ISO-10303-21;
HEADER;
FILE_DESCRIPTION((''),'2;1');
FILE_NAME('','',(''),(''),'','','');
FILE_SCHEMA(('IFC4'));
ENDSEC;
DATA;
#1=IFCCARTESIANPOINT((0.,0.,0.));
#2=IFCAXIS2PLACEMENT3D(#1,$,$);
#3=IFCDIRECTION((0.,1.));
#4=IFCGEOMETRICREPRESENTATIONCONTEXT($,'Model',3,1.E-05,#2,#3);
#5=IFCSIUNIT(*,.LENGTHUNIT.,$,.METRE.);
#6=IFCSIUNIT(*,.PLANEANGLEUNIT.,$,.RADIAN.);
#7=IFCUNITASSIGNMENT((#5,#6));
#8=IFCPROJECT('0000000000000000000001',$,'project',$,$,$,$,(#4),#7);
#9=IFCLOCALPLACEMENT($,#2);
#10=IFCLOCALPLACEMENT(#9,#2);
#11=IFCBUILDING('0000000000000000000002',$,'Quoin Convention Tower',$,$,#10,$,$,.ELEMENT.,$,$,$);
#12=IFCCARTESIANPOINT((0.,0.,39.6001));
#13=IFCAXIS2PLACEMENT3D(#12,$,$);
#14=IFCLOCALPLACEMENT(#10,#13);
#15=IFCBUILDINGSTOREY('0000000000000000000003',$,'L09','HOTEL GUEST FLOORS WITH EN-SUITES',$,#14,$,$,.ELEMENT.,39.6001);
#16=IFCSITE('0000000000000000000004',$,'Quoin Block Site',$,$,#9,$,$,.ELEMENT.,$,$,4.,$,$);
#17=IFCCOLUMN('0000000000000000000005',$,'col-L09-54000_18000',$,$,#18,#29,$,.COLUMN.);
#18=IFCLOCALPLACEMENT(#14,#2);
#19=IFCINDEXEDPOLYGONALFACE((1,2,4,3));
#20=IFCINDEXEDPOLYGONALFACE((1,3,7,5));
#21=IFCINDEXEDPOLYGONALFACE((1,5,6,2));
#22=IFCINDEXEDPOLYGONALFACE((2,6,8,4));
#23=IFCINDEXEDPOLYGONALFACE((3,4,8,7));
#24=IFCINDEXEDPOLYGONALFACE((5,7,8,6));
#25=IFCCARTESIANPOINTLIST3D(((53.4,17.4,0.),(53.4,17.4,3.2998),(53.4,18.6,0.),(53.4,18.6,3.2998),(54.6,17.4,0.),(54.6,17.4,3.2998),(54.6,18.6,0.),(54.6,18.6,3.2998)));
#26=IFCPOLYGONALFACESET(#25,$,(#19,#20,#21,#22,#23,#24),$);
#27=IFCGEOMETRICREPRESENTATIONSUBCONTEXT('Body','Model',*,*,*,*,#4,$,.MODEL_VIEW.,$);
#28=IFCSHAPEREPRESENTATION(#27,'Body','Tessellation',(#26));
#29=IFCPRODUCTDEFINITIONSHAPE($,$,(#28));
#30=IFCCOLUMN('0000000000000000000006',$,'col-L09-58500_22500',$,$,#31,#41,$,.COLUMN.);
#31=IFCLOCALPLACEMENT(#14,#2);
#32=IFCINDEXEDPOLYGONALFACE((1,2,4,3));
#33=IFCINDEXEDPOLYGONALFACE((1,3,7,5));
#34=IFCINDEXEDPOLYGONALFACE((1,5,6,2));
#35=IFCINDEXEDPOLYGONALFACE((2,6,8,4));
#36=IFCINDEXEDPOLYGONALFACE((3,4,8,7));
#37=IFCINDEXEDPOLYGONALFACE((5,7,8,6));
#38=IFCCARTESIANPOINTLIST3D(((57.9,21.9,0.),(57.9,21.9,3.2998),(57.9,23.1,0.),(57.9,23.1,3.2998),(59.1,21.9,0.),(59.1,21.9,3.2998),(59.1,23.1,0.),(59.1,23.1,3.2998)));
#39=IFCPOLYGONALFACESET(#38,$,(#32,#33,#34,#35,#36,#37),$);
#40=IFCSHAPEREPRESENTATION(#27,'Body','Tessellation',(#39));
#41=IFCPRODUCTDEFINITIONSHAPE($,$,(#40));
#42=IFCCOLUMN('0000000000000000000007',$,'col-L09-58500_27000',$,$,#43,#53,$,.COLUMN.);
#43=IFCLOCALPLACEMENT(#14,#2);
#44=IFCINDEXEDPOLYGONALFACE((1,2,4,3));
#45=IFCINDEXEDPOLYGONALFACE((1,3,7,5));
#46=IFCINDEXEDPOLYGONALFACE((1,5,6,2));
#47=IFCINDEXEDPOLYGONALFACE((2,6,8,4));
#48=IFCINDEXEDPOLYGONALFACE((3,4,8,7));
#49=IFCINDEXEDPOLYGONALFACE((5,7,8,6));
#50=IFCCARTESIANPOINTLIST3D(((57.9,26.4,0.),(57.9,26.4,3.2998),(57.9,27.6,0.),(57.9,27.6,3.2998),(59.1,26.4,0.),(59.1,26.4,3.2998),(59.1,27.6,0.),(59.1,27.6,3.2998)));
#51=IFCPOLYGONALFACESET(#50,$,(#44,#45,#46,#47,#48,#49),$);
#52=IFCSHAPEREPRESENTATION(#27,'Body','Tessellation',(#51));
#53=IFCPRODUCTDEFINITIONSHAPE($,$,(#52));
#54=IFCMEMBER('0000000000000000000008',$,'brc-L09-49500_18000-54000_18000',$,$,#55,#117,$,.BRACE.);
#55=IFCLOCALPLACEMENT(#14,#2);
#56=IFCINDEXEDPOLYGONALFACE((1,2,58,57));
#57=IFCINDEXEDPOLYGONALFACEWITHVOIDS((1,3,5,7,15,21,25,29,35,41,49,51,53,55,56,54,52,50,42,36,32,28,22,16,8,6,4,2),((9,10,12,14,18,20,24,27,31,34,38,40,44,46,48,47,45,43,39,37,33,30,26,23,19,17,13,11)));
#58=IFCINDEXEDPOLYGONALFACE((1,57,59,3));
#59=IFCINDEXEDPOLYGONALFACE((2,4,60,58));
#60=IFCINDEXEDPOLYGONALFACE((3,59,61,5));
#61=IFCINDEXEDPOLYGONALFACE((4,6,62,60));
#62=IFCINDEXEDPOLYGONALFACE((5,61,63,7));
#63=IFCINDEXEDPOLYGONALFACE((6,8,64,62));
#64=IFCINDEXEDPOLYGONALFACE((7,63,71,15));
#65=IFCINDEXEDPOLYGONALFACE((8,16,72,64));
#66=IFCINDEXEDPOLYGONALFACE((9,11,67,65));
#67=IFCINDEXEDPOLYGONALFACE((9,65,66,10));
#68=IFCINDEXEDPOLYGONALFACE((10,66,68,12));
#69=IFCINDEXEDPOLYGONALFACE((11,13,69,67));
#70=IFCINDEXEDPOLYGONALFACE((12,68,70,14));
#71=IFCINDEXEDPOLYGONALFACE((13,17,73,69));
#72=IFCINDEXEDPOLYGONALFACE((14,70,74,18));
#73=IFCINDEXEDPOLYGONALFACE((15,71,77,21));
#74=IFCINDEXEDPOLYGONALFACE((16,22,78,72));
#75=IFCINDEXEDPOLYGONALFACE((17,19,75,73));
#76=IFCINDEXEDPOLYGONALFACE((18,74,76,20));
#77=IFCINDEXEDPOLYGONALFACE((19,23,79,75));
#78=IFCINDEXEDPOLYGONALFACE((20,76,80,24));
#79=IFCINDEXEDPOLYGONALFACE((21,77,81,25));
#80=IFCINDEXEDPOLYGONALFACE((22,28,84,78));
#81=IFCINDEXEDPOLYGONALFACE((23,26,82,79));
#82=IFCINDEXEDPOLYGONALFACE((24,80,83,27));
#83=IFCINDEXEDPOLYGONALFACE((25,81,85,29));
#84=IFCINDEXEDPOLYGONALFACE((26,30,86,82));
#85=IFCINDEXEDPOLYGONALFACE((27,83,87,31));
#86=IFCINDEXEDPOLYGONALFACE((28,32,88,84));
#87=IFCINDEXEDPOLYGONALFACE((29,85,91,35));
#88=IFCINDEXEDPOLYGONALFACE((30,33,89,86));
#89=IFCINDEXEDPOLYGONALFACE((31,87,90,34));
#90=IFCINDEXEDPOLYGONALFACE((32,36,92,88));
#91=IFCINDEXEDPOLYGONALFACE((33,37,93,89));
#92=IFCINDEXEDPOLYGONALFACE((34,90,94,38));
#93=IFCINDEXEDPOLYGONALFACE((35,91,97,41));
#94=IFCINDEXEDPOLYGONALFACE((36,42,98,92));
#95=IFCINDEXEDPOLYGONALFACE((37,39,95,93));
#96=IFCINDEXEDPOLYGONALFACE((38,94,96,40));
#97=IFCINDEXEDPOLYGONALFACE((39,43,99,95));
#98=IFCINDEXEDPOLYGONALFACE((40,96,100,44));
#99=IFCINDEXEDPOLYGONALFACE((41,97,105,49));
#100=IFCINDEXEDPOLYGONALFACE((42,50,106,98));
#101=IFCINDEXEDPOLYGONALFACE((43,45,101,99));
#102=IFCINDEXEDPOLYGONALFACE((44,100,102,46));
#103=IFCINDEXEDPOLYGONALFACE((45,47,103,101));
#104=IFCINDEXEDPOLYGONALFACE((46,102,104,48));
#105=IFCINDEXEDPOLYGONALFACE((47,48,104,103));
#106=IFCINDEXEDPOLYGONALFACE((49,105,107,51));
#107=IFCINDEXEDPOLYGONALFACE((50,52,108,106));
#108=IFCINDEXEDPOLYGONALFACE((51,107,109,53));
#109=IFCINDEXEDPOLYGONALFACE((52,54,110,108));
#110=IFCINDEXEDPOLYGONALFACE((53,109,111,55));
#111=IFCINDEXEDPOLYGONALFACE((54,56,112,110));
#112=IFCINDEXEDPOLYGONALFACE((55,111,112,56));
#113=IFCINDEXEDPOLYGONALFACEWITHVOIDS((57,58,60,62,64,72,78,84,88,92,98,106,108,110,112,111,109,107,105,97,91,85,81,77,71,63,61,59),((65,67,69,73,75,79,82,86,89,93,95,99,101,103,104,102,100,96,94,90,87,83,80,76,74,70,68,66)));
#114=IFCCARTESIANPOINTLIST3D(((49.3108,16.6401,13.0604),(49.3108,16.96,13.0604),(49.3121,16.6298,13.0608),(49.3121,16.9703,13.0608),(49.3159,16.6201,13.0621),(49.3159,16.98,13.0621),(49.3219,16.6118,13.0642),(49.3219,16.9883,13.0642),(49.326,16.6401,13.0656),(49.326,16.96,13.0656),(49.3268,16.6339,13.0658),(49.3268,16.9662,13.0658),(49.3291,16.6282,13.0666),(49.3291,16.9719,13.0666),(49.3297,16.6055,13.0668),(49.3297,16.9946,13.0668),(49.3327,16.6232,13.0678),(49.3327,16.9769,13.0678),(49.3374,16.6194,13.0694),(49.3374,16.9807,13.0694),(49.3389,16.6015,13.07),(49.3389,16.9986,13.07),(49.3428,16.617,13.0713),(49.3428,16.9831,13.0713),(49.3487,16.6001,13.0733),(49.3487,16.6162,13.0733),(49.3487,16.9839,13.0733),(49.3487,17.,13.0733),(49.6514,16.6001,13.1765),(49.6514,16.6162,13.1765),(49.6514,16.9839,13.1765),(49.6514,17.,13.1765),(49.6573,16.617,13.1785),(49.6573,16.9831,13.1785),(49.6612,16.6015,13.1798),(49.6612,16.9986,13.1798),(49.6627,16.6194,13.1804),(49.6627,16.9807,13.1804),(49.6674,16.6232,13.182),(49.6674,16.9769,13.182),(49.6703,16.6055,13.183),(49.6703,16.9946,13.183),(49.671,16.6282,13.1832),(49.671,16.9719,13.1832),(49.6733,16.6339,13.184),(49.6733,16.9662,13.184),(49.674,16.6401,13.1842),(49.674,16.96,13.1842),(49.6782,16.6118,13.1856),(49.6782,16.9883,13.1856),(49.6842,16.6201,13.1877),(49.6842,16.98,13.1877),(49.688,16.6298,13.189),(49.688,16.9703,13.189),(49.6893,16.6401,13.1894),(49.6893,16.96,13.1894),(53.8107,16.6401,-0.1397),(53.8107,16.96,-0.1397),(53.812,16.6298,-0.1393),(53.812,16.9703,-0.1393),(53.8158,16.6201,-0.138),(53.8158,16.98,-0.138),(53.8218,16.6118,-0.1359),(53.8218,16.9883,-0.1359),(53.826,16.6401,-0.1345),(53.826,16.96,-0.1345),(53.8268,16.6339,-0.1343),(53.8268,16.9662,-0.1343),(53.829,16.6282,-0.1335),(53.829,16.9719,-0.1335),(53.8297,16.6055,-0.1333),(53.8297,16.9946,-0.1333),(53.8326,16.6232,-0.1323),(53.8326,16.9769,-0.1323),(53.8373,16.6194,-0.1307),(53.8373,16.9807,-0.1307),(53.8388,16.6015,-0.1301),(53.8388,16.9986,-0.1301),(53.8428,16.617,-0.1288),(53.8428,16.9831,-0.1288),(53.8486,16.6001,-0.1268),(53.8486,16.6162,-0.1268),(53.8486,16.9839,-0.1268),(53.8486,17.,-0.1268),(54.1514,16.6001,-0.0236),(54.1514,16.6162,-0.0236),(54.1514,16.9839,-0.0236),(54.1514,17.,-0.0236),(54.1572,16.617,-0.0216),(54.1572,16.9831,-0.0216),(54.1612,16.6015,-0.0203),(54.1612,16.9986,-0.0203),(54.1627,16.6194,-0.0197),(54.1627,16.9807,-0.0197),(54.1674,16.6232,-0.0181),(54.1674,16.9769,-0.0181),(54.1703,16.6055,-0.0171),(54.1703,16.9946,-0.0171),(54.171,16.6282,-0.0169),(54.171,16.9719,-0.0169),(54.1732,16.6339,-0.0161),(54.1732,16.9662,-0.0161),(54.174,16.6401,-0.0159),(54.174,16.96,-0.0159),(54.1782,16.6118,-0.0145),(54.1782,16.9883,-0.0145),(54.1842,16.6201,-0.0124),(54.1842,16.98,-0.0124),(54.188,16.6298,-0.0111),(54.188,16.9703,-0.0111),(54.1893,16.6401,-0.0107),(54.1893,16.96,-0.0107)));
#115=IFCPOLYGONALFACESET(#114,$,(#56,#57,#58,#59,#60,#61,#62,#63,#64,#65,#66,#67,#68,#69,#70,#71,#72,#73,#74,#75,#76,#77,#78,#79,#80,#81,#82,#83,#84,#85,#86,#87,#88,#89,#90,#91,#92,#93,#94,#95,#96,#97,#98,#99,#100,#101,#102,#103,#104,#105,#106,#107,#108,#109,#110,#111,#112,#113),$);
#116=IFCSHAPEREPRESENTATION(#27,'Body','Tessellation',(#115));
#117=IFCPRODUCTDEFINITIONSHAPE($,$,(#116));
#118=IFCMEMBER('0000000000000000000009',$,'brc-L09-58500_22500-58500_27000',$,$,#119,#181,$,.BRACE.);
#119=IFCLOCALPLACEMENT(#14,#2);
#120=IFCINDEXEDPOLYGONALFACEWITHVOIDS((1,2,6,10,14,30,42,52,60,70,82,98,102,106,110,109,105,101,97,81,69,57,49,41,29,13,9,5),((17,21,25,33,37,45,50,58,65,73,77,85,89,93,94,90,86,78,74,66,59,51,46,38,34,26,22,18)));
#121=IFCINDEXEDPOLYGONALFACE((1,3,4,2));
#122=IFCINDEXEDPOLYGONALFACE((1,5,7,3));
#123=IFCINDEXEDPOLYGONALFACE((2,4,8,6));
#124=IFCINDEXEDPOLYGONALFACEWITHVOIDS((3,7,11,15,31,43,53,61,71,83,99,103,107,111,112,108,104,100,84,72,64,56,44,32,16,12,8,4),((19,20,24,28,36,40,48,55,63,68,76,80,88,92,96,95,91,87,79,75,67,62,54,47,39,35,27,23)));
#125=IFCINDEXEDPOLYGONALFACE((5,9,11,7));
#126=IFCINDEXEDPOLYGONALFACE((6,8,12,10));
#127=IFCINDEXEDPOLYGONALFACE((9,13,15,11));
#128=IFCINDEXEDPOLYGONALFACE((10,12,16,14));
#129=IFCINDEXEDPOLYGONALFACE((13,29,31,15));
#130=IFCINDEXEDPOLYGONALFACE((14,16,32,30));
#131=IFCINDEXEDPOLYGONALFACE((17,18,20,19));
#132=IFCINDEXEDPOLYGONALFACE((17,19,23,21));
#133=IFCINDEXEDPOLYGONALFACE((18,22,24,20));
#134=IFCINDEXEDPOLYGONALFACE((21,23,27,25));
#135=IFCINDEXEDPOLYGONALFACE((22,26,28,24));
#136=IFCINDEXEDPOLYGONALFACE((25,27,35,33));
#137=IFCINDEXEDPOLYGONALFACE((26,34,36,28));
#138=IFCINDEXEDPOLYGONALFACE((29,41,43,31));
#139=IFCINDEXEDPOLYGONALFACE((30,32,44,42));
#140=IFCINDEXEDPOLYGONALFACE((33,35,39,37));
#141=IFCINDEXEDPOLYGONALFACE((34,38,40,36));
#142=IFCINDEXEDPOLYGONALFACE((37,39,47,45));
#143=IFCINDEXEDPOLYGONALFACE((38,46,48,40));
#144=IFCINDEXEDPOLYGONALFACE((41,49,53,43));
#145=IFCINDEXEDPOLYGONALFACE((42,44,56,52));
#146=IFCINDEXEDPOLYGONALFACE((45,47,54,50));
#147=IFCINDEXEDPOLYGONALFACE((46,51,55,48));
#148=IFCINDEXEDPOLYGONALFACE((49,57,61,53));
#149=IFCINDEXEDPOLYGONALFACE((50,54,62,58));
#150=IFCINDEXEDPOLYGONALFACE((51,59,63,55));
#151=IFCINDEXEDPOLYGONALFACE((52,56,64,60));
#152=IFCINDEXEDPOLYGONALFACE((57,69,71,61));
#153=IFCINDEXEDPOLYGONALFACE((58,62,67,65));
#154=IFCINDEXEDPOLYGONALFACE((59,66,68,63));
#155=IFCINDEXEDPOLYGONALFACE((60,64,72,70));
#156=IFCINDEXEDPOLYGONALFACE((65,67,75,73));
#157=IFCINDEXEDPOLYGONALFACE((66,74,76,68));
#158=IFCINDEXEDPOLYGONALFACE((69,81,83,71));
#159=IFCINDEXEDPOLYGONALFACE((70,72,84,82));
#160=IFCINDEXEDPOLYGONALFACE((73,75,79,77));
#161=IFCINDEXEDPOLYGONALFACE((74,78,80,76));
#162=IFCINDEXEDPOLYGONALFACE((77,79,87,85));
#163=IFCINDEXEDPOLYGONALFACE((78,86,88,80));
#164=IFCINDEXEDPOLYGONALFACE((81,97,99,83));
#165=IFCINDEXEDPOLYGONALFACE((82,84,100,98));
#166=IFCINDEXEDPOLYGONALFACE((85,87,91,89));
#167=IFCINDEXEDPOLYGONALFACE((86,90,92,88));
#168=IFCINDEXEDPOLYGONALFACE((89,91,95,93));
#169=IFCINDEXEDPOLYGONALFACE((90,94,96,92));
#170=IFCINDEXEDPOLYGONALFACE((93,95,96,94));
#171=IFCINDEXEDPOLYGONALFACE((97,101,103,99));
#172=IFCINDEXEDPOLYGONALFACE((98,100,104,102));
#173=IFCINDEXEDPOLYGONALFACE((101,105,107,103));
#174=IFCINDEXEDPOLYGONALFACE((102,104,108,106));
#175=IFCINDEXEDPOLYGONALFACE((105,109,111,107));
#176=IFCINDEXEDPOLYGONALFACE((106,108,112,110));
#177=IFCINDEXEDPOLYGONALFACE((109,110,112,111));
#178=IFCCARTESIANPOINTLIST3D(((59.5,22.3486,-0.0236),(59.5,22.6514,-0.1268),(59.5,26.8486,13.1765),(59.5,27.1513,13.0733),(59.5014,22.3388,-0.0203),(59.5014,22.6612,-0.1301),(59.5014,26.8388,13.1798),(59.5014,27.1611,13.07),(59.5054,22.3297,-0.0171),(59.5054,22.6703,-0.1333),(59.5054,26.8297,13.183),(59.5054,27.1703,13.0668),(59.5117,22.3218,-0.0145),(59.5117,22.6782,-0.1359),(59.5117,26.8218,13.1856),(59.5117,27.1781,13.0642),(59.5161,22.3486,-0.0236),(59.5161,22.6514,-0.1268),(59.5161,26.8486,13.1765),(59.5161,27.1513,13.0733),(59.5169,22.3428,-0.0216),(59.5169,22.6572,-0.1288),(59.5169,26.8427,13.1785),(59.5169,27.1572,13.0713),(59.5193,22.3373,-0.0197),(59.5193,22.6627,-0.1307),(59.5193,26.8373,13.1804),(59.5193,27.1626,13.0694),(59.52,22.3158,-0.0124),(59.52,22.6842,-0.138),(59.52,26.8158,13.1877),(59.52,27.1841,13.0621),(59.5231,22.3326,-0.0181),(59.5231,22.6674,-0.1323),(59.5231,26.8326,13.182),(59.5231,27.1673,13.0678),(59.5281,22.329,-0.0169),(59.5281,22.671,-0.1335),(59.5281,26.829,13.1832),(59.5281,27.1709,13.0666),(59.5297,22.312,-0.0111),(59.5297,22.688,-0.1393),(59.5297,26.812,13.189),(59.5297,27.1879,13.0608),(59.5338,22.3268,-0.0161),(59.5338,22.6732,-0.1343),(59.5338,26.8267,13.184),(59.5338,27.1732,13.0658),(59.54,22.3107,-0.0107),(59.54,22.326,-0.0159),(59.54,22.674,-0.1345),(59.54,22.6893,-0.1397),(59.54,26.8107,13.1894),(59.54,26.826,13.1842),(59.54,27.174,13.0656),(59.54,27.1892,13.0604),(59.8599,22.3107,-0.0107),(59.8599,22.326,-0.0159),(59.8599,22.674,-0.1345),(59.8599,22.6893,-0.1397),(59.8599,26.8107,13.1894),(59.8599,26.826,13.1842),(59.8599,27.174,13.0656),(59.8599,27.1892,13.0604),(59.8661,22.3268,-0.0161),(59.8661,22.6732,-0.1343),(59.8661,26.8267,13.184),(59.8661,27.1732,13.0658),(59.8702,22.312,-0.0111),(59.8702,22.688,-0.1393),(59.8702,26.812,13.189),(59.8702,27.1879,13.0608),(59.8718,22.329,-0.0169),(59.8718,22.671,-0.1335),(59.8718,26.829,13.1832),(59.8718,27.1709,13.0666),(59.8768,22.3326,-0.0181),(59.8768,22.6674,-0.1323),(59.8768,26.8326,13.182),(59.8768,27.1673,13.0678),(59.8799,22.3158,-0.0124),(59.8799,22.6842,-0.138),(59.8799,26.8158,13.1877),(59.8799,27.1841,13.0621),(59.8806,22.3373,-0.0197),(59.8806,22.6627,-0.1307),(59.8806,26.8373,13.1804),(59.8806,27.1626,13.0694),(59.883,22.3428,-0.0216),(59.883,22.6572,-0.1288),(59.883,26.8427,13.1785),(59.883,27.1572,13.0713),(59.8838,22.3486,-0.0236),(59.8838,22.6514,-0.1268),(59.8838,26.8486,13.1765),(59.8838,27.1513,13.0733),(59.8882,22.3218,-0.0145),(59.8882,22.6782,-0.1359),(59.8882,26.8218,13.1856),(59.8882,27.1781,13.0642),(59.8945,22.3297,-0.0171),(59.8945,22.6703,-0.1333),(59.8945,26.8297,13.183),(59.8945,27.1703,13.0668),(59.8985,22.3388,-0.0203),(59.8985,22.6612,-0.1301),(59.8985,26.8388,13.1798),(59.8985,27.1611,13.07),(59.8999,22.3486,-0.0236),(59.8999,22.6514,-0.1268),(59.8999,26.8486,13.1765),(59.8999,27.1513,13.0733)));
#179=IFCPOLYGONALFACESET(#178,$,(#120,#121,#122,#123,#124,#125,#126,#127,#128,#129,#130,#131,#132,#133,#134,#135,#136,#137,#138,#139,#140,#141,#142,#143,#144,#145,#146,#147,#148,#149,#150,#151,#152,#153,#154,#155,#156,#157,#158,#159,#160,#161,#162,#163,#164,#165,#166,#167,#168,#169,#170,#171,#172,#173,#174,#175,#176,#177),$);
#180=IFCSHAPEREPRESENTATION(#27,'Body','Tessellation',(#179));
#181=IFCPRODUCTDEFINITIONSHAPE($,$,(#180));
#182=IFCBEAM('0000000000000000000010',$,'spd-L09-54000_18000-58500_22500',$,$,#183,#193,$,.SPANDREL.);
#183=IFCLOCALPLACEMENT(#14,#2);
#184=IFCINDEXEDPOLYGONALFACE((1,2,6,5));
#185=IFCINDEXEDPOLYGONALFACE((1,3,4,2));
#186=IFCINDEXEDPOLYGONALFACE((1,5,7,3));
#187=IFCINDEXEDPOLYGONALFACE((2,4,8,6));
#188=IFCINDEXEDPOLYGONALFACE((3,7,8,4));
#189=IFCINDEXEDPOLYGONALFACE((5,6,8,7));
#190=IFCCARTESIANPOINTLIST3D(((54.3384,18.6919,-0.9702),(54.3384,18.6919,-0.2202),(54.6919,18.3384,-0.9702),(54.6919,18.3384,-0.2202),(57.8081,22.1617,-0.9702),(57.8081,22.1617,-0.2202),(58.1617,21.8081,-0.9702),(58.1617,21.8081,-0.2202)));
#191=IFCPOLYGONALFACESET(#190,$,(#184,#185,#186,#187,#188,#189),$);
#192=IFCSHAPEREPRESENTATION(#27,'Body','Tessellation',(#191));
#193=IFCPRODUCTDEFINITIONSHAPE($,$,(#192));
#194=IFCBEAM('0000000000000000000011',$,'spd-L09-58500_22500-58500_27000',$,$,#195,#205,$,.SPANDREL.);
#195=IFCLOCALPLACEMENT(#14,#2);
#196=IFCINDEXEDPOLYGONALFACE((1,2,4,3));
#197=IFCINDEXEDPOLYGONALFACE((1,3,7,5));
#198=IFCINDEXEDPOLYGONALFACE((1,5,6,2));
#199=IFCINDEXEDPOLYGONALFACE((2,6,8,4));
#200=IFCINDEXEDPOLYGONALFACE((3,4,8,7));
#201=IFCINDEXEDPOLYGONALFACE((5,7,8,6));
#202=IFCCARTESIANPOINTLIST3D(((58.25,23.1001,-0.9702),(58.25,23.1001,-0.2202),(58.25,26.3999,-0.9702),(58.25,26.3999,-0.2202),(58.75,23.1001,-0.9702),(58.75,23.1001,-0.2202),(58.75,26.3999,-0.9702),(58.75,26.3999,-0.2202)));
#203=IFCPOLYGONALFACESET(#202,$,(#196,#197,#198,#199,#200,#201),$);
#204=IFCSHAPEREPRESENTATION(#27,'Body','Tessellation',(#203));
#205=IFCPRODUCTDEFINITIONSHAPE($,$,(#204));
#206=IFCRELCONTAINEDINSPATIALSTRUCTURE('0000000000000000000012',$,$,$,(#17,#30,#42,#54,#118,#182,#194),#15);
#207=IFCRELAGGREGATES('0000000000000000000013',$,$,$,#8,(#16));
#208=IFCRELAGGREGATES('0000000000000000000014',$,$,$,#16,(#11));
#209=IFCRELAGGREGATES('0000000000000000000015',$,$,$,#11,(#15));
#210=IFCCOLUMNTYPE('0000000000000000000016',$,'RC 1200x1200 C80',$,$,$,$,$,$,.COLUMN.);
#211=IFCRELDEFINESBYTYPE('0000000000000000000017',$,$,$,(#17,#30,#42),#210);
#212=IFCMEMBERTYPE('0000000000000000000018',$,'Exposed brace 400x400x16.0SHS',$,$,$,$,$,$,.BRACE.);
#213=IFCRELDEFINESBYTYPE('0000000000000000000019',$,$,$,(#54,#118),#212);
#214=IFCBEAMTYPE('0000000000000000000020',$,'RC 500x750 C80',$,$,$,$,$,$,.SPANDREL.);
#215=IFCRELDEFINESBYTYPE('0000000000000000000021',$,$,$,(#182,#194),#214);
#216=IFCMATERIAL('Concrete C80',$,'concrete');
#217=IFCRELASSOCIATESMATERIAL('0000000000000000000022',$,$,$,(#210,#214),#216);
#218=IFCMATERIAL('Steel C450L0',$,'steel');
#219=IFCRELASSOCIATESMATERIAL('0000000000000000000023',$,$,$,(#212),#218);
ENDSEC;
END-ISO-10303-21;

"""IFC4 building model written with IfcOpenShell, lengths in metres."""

from ifc_helpers import new_model, si_unit, direction, frame, origin, origin_2d, place, context, subcontext, project, spatial, rectangle, hollow_rectangle, extrude, material, material_profile, profile_set, type_object, element, save


model = new_model("IFC4")

# Units and contexts
model_context = context("Model", 3, precision=1e-05, world=origin(), true_north=direction((0.0, 1.0)))
body_context = subcontext(model_context, "Body", "Model", "MODEL_VIEW")
ifc_project = project(units=[si_unit("LENGTHUNIT", "METRE"), si_unit("PLANEANGLEUNIT", "RADIAN")], contexts=[model_context])

# Site, building, storey
site_placement = place(None, origin())
site = spatial("IfcSite", under=ifc_project, at=site_placement, Name="Quoin Block Site", CompositionType="ELEMENT", RefElevation=4.0)
building_placement = place(site_placement, origin())
building = spatial("IfcBuilding", under=site, at=building_placement, Name="Quoin Convention Tower", CompositionType="ELEMENT")
storey_placement = place(building_placement, frame((0.0, 0.0, 39.6001)))
storey = spatial("IfcBuildingStorey", under=building, at=storey_placement, Name="L09", Description="HOTEL GUEST FLOORS WITH EN-SUITES", CompositionType="ELEMENT", Elevation=39.6001)

# Columns
ifc_material_1 = material(Name="Concrete C80", Category="concrete")
ifc_material_profile_1 = material_profile(ifc_material_1, rectangle(XDim=1.2, YDim=1.2, at=origin_2d()), Name="RC 1200x1200")
ifc_profile_set_1 = profile_set([ifc_material_profile_1], Name="Concrete C80")
column_type = type_object("IfcColumnType", Name="RC 1200x1200 C80", PredefinedType="COLUMN", material=ifc_profile_set_1)
for number, where, z_axis, x_axis, name in (
    (1, (54.0, 18.0, 0.0), (0.0, 0.0, 1.0), (1.0, 0.0, 0.0), "col-L09-54000_18000"),
    (2, (58.5, 22.5, 0.0), (0.0, 0.0, 1.0), (1.0, 0.0, 0.0), "col-L09-58500_22500"),
    (3, (58.5, 27.0, 0.0), (0.0, 0.0, 1.0), (1.0, 0.0, 0.0), "col-L09-58500_27000"),
):
    element("IfcColumn", number, at=place(storey_placement, frame(where, z_axis=z_axis, x_axis=x_axis)), inside=storey, type_object=column_type, Name=name, PredefinedType="COLUMN", context=body_context, shape_type="SweptSolid", body=[
        extrude(rectangle(XDim=1.2, YDim=1.2, at=origin_2d()), origin(), (0.0, 0.0, 1.0), 3.2998),
    ])

# Members
ifc_material_2 = material(Name="Steel C450L0", Category="steel")
ifc_material_profile_2 = material_profile(ifc_material_2, hollow_rectangle(XDim=0.3999, YDim=0.3999, WallThickness=0.0161, InnerFilletRadius=0.0239, OuterFilletRadius=0.04, at=origin_2d()), Name="400x400x16.0SHS")
ifc_profile_set_2 = profile_set([ifc_material_profile_2], Name="Steel C450L0")
member_type = type_object("IfcMemberType", Name="Exposed brace 400x400x16.0SHS", PredefinedType="BRACE", material=ifc_profile_set_2)
for number, where, z_axis, x_axis, name in (
    (4, (54.0, 16.8, -0.0752), (-0.32267, 0.0, 0.946512), (0.0, -1.0, 0.0), "brc-L09-49500_18000-54000_18000"),
    (5, (59.7, 22.5, -0.0752), (0.0, 0.32267, 0.946512), (-1.0, 0.0, 0.0), "brc-L09-58500_22500-58500_27000"),
):
    element("IfcMember", number, at=place(storey_placement, frame(where, z_axis=z_axis, x_axis=x_axis)), inside=storey, type_object=member_type, Name=name, PredefinedType="BRACE", context=body_context, shape_type="SweptSolid", body=[
        extrude(hollow_rectangle(XDim=0.3999, YDim=0.3999, WallThickness=0.0161, InnerFilletRadius=0.0239, OuterFilletRadius=0.04, at=origin_2d()), origin(), (0.0, 0.0, 1.0), 13.946),
    ])

# Beams
ifc_material_profile_3 = material_profile(ifc_material_1, rectangle(XDim=0.5, YDim=0.75, at=origin_2d()), Name="RC 500x750")
ifc_profile_set_3 = profile_set([ifc_material_profile_3], Name="Concrete C80")
beam_type = type_object("IfcBeamType", Name="RC 500x750 C80", PredefinedType="SPANDREL", material=ifc_profile_set_3)
beam_1_placement = place(storey_placement, frame((54.5151, 18.5151, -0.5952), z_axis=(0.707107, 0.707107, 0.0), x_axis=(-0.707107, 0.707107, 0.0)))
element("IfcBeam", 6, at=beam_1_placement, inside=storey, type_object=beam_type, Name="spd-L09-54000_18000-58500_22500", PredefinedType="SPANDREL", context=body_context, shape_type="SweptSolid", body=[
    extrude(rectangle(XDim=0.5, YDim=0.75, at=origin_2d()), origin(), (0.0, 0.0, 1.0), 4.907),
])
beam_2_placement = place(storey_placement, frame((58.5, 23.1001, -0.5952), z_axis=(0.0, 1.0, 0.0), x_axis=(-1.0, 0.0, 0.0)))
element("IfcBeam", 7, at=beam_2_placement, inside=storey, type_object=beam_type, Name="spd-L09-58500_22500-58500_27000", PredefinedType="SPANDREL", context=body_context, shape_type="SweptSolid", body=[
    extrude(rectangle(XDim=0.5, YDim=0.75, at=origin_2d()), origin(), (0.0, 0.0, 1.0), 3.2998),
])

save(model, "model.ifc")
